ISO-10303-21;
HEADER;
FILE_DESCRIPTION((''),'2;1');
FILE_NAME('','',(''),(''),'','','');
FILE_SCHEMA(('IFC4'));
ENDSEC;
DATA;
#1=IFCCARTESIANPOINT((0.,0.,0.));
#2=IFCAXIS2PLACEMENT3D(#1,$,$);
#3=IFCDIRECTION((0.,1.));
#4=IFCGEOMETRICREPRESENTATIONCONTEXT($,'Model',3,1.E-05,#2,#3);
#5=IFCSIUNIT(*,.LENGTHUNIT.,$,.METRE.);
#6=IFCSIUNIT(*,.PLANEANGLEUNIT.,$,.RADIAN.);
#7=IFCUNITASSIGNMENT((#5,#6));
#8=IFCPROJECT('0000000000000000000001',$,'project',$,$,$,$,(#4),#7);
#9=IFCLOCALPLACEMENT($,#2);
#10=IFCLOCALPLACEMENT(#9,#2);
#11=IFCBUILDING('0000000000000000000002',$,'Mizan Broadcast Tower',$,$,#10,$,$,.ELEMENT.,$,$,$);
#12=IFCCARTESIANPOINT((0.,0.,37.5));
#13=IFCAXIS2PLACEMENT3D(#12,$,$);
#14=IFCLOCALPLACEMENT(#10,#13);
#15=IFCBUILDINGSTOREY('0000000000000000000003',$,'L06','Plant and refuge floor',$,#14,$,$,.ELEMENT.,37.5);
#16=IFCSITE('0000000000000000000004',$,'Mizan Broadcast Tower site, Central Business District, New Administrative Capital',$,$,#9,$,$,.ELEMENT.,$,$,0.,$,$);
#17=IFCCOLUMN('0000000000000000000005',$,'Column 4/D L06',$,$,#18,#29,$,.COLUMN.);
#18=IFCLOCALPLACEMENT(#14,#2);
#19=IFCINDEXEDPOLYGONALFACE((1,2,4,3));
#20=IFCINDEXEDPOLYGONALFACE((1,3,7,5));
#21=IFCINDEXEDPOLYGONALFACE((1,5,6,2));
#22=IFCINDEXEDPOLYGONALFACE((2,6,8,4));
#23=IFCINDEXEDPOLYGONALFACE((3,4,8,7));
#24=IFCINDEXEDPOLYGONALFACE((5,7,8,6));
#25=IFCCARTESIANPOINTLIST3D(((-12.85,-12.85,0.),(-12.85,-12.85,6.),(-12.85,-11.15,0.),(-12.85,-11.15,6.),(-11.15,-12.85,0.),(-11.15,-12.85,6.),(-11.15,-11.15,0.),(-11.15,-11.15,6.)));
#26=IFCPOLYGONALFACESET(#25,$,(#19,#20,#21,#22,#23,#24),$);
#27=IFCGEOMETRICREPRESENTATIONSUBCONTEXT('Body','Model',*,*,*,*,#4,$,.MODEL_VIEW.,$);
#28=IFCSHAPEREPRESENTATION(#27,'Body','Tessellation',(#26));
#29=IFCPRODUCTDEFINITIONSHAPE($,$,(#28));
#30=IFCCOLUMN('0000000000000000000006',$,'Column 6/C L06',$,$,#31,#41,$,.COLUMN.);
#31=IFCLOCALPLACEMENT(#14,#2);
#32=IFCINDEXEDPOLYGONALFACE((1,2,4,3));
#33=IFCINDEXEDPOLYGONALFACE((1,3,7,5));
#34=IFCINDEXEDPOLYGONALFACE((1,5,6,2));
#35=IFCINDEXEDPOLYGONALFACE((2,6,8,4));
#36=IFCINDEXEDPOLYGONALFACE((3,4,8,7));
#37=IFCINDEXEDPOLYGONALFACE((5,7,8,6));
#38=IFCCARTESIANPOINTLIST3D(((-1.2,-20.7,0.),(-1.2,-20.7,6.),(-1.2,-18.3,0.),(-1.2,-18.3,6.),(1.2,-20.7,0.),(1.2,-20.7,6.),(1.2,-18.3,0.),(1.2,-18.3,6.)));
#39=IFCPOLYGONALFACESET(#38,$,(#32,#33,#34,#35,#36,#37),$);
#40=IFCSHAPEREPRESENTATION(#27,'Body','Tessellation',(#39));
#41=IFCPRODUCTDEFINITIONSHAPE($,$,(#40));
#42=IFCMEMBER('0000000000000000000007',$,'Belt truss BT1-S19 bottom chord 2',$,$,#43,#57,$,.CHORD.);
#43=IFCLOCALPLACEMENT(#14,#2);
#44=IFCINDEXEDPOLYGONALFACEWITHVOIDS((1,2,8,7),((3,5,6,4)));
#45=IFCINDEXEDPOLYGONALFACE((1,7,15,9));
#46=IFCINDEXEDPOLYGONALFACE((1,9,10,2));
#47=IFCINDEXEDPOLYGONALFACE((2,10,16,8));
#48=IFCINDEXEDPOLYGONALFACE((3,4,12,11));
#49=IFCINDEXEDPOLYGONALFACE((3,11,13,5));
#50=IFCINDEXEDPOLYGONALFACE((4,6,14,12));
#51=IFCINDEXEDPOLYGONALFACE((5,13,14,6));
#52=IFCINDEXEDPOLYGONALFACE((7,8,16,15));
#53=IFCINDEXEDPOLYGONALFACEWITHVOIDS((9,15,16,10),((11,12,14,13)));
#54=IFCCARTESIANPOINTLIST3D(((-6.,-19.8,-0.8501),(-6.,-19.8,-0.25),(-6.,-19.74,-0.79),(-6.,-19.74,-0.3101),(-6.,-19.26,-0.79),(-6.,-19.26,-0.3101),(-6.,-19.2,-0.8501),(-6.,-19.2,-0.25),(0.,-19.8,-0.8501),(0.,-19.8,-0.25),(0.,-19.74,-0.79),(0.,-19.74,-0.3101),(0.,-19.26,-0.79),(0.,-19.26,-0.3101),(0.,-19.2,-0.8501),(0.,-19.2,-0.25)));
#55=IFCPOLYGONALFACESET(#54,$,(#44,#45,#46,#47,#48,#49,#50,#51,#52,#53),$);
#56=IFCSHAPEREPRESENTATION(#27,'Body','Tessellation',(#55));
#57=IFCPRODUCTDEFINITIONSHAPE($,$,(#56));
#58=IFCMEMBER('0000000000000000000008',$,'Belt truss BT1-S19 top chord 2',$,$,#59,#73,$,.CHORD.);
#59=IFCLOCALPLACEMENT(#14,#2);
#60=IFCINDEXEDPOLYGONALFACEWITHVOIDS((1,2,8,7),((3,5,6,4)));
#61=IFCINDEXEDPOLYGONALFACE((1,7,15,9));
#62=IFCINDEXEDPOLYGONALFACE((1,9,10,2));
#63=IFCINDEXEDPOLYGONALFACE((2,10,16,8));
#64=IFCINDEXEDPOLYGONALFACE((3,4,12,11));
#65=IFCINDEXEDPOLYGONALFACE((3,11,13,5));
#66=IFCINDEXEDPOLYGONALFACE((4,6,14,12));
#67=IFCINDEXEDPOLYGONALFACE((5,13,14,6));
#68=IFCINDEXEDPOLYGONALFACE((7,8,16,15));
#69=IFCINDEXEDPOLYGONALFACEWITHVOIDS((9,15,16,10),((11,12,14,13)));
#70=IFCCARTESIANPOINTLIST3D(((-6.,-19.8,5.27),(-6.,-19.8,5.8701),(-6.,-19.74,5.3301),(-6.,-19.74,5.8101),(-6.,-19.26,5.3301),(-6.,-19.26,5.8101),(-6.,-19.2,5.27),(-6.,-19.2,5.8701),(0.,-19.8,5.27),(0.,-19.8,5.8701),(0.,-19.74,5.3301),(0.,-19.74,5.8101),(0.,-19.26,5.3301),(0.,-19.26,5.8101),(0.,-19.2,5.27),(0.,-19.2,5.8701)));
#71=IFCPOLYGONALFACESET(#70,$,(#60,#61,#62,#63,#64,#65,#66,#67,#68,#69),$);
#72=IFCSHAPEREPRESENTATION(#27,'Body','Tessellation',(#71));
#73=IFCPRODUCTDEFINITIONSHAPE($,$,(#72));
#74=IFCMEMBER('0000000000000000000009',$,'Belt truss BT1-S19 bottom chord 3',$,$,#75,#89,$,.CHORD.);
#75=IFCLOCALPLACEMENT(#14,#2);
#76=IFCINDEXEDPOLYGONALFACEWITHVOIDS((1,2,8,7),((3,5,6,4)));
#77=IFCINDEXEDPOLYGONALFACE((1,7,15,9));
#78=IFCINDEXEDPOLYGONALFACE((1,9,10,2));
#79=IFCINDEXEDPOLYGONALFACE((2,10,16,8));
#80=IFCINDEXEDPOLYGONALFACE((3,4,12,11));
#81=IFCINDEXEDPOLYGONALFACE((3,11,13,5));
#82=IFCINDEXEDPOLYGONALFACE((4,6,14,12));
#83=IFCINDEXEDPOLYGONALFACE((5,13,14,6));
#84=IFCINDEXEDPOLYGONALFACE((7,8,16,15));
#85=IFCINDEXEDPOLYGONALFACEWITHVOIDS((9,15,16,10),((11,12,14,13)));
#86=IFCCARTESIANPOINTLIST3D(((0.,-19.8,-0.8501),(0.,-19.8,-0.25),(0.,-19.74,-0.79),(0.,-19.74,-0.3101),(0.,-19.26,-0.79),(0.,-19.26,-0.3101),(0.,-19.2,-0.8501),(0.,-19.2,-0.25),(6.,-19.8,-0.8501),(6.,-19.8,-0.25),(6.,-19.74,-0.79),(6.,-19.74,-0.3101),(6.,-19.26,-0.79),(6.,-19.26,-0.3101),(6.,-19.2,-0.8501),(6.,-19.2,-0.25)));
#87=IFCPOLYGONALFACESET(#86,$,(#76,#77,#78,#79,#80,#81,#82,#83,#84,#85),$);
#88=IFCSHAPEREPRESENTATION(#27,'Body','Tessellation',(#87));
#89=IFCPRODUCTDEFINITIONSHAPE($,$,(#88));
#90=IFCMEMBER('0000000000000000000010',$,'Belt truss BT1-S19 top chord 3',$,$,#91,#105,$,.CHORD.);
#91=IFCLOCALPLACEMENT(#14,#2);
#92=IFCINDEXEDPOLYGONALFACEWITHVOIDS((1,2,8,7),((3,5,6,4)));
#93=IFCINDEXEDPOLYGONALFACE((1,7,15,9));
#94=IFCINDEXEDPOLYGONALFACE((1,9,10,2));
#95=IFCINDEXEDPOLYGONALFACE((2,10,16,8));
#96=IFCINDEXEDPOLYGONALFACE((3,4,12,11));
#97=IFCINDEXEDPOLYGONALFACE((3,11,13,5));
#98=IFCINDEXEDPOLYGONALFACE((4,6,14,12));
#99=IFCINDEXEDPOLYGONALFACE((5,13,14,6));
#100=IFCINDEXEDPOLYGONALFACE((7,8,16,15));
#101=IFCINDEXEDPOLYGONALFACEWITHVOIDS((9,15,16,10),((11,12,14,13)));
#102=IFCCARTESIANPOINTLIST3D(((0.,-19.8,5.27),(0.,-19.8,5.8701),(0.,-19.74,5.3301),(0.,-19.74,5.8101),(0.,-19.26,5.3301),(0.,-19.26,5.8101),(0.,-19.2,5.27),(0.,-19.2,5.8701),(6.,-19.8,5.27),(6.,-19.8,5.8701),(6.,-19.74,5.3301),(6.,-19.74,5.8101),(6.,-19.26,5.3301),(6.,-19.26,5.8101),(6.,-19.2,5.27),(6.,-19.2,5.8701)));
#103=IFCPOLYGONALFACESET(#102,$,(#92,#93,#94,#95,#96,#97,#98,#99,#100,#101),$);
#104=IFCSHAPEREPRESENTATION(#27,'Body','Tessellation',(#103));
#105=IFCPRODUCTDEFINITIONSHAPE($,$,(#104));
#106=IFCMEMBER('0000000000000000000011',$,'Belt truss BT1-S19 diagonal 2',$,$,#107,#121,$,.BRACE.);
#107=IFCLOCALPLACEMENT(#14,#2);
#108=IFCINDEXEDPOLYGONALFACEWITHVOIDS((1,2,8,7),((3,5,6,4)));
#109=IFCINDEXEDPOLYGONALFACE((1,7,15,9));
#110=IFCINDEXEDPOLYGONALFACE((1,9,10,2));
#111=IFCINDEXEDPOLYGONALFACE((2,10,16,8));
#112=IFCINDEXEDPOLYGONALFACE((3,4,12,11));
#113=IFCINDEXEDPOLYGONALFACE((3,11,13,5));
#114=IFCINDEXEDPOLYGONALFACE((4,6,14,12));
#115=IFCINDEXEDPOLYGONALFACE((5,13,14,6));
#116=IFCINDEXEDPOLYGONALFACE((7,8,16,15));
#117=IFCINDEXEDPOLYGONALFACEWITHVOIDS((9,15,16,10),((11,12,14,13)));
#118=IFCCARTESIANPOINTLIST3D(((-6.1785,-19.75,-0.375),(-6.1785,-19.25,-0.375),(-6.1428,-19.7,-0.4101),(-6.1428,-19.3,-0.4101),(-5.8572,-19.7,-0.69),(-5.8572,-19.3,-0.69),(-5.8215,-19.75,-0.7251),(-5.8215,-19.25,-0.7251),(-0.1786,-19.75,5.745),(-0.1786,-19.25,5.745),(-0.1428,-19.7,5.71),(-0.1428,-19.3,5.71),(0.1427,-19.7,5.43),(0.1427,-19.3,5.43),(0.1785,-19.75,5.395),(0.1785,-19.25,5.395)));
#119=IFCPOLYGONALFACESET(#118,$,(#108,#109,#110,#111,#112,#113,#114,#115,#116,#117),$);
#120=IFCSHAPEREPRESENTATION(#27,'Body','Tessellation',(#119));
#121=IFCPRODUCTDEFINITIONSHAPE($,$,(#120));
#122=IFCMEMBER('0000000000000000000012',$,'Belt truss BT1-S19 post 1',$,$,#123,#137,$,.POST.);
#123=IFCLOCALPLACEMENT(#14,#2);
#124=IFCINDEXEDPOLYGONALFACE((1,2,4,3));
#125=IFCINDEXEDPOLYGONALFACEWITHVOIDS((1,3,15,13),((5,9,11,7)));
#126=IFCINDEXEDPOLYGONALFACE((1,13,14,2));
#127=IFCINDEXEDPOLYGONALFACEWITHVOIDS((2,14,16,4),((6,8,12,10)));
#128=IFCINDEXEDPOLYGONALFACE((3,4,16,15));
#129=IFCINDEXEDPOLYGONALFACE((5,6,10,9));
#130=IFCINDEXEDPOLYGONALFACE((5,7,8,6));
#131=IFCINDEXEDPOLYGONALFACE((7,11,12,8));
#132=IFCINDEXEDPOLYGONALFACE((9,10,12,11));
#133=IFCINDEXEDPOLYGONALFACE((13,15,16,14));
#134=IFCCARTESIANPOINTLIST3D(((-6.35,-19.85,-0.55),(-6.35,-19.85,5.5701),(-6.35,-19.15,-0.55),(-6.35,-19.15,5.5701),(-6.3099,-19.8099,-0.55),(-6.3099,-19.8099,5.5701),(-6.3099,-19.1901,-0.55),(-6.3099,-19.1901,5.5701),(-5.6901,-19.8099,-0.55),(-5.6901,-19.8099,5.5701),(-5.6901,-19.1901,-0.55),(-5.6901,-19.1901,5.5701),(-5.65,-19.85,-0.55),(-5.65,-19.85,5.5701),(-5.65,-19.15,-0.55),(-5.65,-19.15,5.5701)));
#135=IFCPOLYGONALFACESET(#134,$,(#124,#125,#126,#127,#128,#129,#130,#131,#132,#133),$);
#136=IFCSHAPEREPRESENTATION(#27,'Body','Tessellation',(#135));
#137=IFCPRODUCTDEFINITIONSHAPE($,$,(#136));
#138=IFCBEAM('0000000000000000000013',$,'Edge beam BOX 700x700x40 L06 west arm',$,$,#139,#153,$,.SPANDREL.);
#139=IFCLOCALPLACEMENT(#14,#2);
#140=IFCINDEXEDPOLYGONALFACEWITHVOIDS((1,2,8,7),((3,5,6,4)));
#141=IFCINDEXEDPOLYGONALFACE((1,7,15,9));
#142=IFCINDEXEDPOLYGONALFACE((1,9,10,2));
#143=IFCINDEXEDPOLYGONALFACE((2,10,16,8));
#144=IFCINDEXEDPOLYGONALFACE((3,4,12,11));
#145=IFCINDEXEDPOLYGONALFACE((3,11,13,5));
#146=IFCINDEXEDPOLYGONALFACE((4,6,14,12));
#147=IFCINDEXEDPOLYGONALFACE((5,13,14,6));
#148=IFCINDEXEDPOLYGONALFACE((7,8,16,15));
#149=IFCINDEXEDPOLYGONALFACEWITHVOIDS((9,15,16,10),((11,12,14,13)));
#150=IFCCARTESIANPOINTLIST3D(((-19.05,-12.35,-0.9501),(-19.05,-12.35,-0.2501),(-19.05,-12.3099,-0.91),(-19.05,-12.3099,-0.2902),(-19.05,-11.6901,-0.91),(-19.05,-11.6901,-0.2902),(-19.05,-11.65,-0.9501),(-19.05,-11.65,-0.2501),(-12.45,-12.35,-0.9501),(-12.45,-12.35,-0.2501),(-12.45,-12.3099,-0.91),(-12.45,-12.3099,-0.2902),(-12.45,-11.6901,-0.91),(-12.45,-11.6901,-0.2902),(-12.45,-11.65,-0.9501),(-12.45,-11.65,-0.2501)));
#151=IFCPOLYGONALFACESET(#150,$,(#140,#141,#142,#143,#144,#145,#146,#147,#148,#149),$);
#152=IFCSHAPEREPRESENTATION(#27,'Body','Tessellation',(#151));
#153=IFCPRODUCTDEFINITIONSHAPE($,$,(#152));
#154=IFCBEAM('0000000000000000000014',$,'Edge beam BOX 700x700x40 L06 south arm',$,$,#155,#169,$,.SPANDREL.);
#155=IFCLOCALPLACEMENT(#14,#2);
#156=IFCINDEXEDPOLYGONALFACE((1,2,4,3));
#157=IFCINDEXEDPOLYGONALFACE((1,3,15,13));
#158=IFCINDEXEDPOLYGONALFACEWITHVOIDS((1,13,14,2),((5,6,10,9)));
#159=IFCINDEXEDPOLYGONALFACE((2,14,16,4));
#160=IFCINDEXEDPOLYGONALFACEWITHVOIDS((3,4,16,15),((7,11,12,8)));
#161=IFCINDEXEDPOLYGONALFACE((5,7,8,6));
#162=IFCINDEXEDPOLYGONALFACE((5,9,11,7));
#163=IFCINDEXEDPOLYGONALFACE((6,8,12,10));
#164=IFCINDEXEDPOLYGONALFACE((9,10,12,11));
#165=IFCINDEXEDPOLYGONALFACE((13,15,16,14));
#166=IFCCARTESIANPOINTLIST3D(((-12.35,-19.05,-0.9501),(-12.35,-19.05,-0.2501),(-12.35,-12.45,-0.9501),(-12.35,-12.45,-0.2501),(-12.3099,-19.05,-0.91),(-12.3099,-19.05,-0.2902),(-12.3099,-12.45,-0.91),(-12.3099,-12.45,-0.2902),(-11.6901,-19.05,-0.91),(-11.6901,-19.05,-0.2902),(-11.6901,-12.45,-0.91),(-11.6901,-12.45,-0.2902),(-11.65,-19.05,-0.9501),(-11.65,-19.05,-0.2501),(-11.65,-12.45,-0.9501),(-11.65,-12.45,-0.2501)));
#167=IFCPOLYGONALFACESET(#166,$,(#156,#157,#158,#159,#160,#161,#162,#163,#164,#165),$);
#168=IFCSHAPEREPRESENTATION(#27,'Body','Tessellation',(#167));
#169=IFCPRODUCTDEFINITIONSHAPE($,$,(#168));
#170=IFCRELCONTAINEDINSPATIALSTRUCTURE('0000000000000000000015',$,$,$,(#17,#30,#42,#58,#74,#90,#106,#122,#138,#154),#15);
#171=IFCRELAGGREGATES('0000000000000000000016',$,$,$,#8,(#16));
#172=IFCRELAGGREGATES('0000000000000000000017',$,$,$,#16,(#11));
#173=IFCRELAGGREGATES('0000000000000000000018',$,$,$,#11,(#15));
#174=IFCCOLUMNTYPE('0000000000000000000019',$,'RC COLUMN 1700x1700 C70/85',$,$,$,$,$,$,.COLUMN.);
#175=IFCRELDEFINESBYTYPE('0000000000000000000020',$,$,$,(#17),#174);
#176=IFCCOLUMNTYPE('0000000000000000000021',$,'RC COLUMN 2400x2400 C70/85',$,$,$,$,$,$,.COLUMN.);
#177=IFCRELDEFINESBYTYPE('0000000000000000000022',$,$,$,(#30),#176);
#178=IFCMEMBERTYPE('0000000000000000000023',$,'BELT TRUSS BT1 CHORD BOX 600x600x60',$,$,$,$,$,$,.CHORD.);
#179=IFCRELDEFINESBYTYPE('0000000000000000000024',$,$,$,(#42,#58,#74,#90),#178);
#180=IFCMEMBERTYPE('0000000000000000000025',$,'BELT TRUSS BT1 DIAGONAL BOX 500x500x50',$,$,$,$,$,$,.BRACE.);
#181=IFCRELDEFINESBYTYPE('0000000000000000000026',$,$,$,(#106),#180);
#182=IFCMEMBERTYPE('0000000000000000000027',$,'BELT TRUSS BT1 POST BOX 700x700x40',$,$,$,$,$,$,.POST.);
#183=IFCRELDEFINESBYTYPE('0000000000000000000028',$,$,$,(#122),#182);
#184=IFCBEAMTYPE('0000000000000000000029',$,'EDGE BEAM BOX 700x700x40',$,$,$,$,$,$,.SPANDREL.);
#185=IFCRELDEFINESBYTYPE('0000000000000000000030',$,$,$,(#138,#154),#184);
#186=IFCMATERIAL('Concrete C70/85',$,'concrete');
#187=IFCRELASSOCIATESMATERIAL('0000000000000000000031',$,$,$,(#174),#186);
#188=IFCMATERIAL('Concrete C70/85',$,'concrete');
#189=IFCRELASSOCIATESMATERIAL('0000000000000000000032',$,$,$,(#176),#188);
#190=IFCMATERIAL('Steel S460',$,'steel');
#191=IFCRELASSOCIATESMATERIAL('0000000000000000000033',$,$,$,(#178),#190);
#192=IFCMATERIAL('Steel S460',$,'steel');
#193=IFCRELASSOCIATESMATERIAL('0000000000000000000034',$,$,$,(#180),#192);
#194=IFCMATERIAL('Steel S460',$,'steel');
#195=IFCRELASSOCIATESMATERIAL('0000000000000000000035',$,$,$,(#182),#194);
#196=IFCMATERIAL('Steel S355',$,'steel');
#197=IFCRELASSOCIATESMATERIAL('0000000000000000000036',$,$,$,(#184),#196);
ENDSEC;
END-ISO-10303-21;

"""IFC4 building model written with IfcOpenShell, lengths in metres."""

from ifc_helpers import new_model, si_unit, direction, frame, origin, origin_2d, place, context, subcontext, project, spatial, rectangle, hollow_rectangle, extrude, material, material_profile, profile_set, type_object, element, save


model = new_model("IFC4")

# Units and contexts
model_context = context("Model", 3, precision=1e-05, world=origin(), true_north=direction((0.0, 1.0)))
body_context = subcontext(model_context, "Body", "Model", "MODEL_VIEW")
ifc_project = project(units=[si_unit("LENGTHUNIT", "METRE"), si_unit("PLANEANGLEUNIT", "RADIAN")], contexts=[model_context])

# Site, building, storey
site_placement = place(None, origin())
site = spatial("IfcSite", under=ifc_project, at=site_placement, Name="Mizan Broadcast Tower site, Central Business District, New Administrative Capital", CompositionType="ELEMENT", RefElevation=0.0)
building_placement = place(site_placement, origin())
building = spatial("IfcBuilding", under=site, at=building_placement, Name="Mizan Broadcast Tower", CompositionType="ELEMENT")
storey_placement = place(building_placement, frame((0.0, 0.0, 37.5)))
storey = spatial("IfcBuildingStorey", under=building, at=storey_placement, Name="L06", Description="Plant and refuge floor", CompositionType="ELEMENT", Elevation=37.5)

# Columns
ifc_material_1 = material(Name="Concrete C70/85", Category="concrete")
ifc_material_profile_1 = material_profile(ifc_material_1, rectangle(XDim=1.7, YDim=1.7, at=origin_2d()), Name="RC 1700x1700")
ifc_profile_set_1 = profile_set([ifc_material_profile_1], Name="Concrete C70/85")
column_type_1 = type_object("IfcColumnType", Name="RC COLUMN 1700x1700 C70/85", PredefinedType="COLUMN", material=ifc_profile_set_1)
column_1_placement = place(storey_placement, frame((-12.0, -12.0, 0.0), z_axis=(0.0, 0.0, 1.0), x_axis=(1.0, 0.0, 0.0)))
element("IfcColumn", 1, at=column_1_placement, inside=storey, type_object=column_type_1, Name="Column 4/D L06", PredefinedType="COLUMN", context=body_context, shape_type="SweptSolid", body=[
    extrude(rectangle(XDim=1.7, YDim=1.7, at=origin_2d()), origin(), (0.0, 0.0, 1.0), 6.0),
])
ifc_material_2 = material(Name="Concrete C70/85", Category="concrete")
ifc_material_profile_2 = material_profile(ifc_material_2, rectangle(XDim=2.3999, YDim=2.3999, at=origin_2d()), Name="RC 2400x2400")
ifc_profile_set_2 = profile_set([ifc_material_profile_2], Name="Concrete C70/85")
column_type_2 = type_object("IfcColumnType", Name="RC COLUMN 2400x2400 C70/85", PredefinedType="COLUMN", material=ifc_profile_set_2)
column_2_placement = place(storey_placement, frame((0.0, -19.5, 0.0), z_axis=(0.0, 0.0, 1.0), x_axis=(1.0, 0.0, 0.0)))
element("IfcColumn", 2, at=column_2_placement, inside=storey, type_object=column_type_2, Name="Column 6/C L06", PredefinedType="COLUMN", context=body_context, shape_type="SweptSolid", body=[
    extrude(rectangle(XDim=2.3999, YDim=2.3999, at=origin_2d()), origin(), (0.0, 0.0, 1.0), 6.0),
])

# Members
ifc_material_3 = material(Name="Steel S460", Category="steel")
ifc_material_profile_3 = material_profile(ifc_material_3, hollow_rectangle(XDim=0.6001, YDim=0.6001, WallThickness=0.0601, at=origin_2d()), Name="BOX 600x600x60")
ifc_profile_set_3 = profile_set([ifc_material_profile_3], Name="Steel S460")
member_type_1 = type_object("IfcMemberType", Name="BELT TRUSS BT1 CHORD BOX 600x600x60", PredefinedType="CHORD", material=ifc_profile_set_3)
for number, where, z_axis, x_axis, name in (
    (3, (-6.0, -19.5, -0.55), (1.0, 0.0, 0.0), (0.0, 1.0, 0.0), "Belt truss BT1-S19 bottom chord 2"),
    (4, (-6.0, -19.5, 5.5701), (1.0, 0.0, 0.0), (0.0, 1.0, 0.0), "Belt truss BT1-S19 top chord 2"),
    (5, (0.0, -19.5, -0.55), (1.0, 0.0, 0.0), (0.0, 1.0, 0.0), "Belt truss BT1-S19 bottom chord 3"),
    (6, (0.0, -19.5, 5.5701), (1.0, 0.0, 0.0), (0.0, 1.0, 0.0), "Belt truss BT1-S19 top chord 3"),
):
    element("IfcMember", number, at=place(storey_placement, frame(where, z_axis=z_axis, x_axis=x_axis)), inside=storey, type_object=member_type_1, Name=name, PredefinedType="CHORD", context=body_context, shape_type="SweptSolid", body=[
        extrude(hollow_rectangle(XDim=0.6001, YDim=0.6001, WallThickness=0.0601, at=origin_2d()), origin(), (0.0, 0.0, 1.0), 6.0),
    ])
ifc_material_4 = material(Name="Steel S460", Category="steel")
ifc_material_profile_4 = material_profile(ifc_material_4, hollow_rectangle(XDim=0.5, YDim=0.5, WallThickness=0.05, at=origin_2d()), Name="BOX 500x500x50")
ifc_profile_set_4 = profile_set([ifc_material_profile_4], Name="Steel S460")
member_type_2 = type_object("IfcMemberType", Name="BELT TRUSS BT1 DIAGONAL BOX 500x500x50", PredefinedType="BRACE", material=ifc_profile_set_4)
member_1_placement = place(storey_placement, frame((-6.0, -19.5, -0.55), z_axis=(0.700065, 0.0, 0.71408), x_axis=(0.0, 1.0, 0.0)))
element("IfcMember", 7, at=member_1_placement, inside=storey, type_object=member_type_2, Name="Belt truss BT1-S19 diagonal 2", PredefinedType="BRACE", context=body_context, shape_type="SweptSolid", body=[
    extrude(hollow_rectangle(XDim=0.5, YDim=0.5, WallThickness=0.05, at=origin_2d()), origin(), (0.0, 0.0, 1.0), 8.5706),
])
ifc_material_5 = material(Name="Steel S460", Category="steel")
ifc_material_profile_5 = material_profile(ifc_material_5, hollow_rectangle(XDim=0.7, YDim=0.7, WallThickness=0.04, at=origin_2d()), Name="BOX 700x700x40")
ifc_profile_set_5 = profile_set([ifc_material_profile_5], Name="Steel S460")
member_type_3 = type_object("IfcMemberType", Name="BELT TRUSS BT1 POST BOX 700x700x40", PredefinedType="POST", material=ifc_profile_set_5)
member_2_placement = place(storey_placement, frame((-6.0, -19.5, -0.55), z_axis=(0.0, 0.0, 1.0), x_axis=(1.0, 0.0, 0.0)))
element("IfcMember", 8, at=member_2_placement, inside=storey, type_object=member_type_3, Name="Belt truss BT1-S19 post 1", PredefinedType="POST", context=body_context, shape_type="SweptSolid", body=[
    extrude(hollow_rectangle(XDim=0.7, YDim=0.7, WallThickness=0.04, at=origin_2d()), origin(), (0.0, 0.0, 1.0), 6.1201),
])

# Beams
ifc_material_6 = material(Name="Steel S355", Category="steel")
ifc_material_profile_6 = material_profile(ifc_material_6, hollow_rectangle(XDim=0.7, YDim=0.7, WallThickness=0.04, at=origin_2d()), Name="BOX 700x700x40")
ifc_profile_set_6 = profile_set([ifc_material_profile_6], Name="Steel S355")
beam_type_1 = type_object("IfcBeamType", Name="EDGE BEAM BOX 700x700x40", PredefinedType="SPANDREL", material=ifc_profile_set_6)
for number, where, z_axis, x_axis, name in (
    (9, (-12.45, -12.0, -0.6001), (-1.0, 0.0, 0.0), (0.0, -1.0, 0.0), "Edge beam BOX 700x700x40 L06 west arm"),
    (10, (-12.0, -12.45, -0.6001), (0.0, -1.0, 0.0), (1.0, 0.0, 0.0), "Edge beam BOX 700x700x40 L06 south arm"),
):
    element("IfcBeam", number, at=place(storey_placement, frame(where, z_axis=z_axis, x_axis=x_axis)), inside=storey, type_object=beam_type_1, Name=name, PredefinedType="SPANDREL", context=body_context, shape_type="SweptSolid", body=[
        extrude(hollow_rectangle(XDim=0.7, YDim=0.7, WallThickness=0.04, at=origin_2d()), origin(), (0.0, 0.0, 1.0), 6.6001),
    ])

save(model, "model.ifc")
